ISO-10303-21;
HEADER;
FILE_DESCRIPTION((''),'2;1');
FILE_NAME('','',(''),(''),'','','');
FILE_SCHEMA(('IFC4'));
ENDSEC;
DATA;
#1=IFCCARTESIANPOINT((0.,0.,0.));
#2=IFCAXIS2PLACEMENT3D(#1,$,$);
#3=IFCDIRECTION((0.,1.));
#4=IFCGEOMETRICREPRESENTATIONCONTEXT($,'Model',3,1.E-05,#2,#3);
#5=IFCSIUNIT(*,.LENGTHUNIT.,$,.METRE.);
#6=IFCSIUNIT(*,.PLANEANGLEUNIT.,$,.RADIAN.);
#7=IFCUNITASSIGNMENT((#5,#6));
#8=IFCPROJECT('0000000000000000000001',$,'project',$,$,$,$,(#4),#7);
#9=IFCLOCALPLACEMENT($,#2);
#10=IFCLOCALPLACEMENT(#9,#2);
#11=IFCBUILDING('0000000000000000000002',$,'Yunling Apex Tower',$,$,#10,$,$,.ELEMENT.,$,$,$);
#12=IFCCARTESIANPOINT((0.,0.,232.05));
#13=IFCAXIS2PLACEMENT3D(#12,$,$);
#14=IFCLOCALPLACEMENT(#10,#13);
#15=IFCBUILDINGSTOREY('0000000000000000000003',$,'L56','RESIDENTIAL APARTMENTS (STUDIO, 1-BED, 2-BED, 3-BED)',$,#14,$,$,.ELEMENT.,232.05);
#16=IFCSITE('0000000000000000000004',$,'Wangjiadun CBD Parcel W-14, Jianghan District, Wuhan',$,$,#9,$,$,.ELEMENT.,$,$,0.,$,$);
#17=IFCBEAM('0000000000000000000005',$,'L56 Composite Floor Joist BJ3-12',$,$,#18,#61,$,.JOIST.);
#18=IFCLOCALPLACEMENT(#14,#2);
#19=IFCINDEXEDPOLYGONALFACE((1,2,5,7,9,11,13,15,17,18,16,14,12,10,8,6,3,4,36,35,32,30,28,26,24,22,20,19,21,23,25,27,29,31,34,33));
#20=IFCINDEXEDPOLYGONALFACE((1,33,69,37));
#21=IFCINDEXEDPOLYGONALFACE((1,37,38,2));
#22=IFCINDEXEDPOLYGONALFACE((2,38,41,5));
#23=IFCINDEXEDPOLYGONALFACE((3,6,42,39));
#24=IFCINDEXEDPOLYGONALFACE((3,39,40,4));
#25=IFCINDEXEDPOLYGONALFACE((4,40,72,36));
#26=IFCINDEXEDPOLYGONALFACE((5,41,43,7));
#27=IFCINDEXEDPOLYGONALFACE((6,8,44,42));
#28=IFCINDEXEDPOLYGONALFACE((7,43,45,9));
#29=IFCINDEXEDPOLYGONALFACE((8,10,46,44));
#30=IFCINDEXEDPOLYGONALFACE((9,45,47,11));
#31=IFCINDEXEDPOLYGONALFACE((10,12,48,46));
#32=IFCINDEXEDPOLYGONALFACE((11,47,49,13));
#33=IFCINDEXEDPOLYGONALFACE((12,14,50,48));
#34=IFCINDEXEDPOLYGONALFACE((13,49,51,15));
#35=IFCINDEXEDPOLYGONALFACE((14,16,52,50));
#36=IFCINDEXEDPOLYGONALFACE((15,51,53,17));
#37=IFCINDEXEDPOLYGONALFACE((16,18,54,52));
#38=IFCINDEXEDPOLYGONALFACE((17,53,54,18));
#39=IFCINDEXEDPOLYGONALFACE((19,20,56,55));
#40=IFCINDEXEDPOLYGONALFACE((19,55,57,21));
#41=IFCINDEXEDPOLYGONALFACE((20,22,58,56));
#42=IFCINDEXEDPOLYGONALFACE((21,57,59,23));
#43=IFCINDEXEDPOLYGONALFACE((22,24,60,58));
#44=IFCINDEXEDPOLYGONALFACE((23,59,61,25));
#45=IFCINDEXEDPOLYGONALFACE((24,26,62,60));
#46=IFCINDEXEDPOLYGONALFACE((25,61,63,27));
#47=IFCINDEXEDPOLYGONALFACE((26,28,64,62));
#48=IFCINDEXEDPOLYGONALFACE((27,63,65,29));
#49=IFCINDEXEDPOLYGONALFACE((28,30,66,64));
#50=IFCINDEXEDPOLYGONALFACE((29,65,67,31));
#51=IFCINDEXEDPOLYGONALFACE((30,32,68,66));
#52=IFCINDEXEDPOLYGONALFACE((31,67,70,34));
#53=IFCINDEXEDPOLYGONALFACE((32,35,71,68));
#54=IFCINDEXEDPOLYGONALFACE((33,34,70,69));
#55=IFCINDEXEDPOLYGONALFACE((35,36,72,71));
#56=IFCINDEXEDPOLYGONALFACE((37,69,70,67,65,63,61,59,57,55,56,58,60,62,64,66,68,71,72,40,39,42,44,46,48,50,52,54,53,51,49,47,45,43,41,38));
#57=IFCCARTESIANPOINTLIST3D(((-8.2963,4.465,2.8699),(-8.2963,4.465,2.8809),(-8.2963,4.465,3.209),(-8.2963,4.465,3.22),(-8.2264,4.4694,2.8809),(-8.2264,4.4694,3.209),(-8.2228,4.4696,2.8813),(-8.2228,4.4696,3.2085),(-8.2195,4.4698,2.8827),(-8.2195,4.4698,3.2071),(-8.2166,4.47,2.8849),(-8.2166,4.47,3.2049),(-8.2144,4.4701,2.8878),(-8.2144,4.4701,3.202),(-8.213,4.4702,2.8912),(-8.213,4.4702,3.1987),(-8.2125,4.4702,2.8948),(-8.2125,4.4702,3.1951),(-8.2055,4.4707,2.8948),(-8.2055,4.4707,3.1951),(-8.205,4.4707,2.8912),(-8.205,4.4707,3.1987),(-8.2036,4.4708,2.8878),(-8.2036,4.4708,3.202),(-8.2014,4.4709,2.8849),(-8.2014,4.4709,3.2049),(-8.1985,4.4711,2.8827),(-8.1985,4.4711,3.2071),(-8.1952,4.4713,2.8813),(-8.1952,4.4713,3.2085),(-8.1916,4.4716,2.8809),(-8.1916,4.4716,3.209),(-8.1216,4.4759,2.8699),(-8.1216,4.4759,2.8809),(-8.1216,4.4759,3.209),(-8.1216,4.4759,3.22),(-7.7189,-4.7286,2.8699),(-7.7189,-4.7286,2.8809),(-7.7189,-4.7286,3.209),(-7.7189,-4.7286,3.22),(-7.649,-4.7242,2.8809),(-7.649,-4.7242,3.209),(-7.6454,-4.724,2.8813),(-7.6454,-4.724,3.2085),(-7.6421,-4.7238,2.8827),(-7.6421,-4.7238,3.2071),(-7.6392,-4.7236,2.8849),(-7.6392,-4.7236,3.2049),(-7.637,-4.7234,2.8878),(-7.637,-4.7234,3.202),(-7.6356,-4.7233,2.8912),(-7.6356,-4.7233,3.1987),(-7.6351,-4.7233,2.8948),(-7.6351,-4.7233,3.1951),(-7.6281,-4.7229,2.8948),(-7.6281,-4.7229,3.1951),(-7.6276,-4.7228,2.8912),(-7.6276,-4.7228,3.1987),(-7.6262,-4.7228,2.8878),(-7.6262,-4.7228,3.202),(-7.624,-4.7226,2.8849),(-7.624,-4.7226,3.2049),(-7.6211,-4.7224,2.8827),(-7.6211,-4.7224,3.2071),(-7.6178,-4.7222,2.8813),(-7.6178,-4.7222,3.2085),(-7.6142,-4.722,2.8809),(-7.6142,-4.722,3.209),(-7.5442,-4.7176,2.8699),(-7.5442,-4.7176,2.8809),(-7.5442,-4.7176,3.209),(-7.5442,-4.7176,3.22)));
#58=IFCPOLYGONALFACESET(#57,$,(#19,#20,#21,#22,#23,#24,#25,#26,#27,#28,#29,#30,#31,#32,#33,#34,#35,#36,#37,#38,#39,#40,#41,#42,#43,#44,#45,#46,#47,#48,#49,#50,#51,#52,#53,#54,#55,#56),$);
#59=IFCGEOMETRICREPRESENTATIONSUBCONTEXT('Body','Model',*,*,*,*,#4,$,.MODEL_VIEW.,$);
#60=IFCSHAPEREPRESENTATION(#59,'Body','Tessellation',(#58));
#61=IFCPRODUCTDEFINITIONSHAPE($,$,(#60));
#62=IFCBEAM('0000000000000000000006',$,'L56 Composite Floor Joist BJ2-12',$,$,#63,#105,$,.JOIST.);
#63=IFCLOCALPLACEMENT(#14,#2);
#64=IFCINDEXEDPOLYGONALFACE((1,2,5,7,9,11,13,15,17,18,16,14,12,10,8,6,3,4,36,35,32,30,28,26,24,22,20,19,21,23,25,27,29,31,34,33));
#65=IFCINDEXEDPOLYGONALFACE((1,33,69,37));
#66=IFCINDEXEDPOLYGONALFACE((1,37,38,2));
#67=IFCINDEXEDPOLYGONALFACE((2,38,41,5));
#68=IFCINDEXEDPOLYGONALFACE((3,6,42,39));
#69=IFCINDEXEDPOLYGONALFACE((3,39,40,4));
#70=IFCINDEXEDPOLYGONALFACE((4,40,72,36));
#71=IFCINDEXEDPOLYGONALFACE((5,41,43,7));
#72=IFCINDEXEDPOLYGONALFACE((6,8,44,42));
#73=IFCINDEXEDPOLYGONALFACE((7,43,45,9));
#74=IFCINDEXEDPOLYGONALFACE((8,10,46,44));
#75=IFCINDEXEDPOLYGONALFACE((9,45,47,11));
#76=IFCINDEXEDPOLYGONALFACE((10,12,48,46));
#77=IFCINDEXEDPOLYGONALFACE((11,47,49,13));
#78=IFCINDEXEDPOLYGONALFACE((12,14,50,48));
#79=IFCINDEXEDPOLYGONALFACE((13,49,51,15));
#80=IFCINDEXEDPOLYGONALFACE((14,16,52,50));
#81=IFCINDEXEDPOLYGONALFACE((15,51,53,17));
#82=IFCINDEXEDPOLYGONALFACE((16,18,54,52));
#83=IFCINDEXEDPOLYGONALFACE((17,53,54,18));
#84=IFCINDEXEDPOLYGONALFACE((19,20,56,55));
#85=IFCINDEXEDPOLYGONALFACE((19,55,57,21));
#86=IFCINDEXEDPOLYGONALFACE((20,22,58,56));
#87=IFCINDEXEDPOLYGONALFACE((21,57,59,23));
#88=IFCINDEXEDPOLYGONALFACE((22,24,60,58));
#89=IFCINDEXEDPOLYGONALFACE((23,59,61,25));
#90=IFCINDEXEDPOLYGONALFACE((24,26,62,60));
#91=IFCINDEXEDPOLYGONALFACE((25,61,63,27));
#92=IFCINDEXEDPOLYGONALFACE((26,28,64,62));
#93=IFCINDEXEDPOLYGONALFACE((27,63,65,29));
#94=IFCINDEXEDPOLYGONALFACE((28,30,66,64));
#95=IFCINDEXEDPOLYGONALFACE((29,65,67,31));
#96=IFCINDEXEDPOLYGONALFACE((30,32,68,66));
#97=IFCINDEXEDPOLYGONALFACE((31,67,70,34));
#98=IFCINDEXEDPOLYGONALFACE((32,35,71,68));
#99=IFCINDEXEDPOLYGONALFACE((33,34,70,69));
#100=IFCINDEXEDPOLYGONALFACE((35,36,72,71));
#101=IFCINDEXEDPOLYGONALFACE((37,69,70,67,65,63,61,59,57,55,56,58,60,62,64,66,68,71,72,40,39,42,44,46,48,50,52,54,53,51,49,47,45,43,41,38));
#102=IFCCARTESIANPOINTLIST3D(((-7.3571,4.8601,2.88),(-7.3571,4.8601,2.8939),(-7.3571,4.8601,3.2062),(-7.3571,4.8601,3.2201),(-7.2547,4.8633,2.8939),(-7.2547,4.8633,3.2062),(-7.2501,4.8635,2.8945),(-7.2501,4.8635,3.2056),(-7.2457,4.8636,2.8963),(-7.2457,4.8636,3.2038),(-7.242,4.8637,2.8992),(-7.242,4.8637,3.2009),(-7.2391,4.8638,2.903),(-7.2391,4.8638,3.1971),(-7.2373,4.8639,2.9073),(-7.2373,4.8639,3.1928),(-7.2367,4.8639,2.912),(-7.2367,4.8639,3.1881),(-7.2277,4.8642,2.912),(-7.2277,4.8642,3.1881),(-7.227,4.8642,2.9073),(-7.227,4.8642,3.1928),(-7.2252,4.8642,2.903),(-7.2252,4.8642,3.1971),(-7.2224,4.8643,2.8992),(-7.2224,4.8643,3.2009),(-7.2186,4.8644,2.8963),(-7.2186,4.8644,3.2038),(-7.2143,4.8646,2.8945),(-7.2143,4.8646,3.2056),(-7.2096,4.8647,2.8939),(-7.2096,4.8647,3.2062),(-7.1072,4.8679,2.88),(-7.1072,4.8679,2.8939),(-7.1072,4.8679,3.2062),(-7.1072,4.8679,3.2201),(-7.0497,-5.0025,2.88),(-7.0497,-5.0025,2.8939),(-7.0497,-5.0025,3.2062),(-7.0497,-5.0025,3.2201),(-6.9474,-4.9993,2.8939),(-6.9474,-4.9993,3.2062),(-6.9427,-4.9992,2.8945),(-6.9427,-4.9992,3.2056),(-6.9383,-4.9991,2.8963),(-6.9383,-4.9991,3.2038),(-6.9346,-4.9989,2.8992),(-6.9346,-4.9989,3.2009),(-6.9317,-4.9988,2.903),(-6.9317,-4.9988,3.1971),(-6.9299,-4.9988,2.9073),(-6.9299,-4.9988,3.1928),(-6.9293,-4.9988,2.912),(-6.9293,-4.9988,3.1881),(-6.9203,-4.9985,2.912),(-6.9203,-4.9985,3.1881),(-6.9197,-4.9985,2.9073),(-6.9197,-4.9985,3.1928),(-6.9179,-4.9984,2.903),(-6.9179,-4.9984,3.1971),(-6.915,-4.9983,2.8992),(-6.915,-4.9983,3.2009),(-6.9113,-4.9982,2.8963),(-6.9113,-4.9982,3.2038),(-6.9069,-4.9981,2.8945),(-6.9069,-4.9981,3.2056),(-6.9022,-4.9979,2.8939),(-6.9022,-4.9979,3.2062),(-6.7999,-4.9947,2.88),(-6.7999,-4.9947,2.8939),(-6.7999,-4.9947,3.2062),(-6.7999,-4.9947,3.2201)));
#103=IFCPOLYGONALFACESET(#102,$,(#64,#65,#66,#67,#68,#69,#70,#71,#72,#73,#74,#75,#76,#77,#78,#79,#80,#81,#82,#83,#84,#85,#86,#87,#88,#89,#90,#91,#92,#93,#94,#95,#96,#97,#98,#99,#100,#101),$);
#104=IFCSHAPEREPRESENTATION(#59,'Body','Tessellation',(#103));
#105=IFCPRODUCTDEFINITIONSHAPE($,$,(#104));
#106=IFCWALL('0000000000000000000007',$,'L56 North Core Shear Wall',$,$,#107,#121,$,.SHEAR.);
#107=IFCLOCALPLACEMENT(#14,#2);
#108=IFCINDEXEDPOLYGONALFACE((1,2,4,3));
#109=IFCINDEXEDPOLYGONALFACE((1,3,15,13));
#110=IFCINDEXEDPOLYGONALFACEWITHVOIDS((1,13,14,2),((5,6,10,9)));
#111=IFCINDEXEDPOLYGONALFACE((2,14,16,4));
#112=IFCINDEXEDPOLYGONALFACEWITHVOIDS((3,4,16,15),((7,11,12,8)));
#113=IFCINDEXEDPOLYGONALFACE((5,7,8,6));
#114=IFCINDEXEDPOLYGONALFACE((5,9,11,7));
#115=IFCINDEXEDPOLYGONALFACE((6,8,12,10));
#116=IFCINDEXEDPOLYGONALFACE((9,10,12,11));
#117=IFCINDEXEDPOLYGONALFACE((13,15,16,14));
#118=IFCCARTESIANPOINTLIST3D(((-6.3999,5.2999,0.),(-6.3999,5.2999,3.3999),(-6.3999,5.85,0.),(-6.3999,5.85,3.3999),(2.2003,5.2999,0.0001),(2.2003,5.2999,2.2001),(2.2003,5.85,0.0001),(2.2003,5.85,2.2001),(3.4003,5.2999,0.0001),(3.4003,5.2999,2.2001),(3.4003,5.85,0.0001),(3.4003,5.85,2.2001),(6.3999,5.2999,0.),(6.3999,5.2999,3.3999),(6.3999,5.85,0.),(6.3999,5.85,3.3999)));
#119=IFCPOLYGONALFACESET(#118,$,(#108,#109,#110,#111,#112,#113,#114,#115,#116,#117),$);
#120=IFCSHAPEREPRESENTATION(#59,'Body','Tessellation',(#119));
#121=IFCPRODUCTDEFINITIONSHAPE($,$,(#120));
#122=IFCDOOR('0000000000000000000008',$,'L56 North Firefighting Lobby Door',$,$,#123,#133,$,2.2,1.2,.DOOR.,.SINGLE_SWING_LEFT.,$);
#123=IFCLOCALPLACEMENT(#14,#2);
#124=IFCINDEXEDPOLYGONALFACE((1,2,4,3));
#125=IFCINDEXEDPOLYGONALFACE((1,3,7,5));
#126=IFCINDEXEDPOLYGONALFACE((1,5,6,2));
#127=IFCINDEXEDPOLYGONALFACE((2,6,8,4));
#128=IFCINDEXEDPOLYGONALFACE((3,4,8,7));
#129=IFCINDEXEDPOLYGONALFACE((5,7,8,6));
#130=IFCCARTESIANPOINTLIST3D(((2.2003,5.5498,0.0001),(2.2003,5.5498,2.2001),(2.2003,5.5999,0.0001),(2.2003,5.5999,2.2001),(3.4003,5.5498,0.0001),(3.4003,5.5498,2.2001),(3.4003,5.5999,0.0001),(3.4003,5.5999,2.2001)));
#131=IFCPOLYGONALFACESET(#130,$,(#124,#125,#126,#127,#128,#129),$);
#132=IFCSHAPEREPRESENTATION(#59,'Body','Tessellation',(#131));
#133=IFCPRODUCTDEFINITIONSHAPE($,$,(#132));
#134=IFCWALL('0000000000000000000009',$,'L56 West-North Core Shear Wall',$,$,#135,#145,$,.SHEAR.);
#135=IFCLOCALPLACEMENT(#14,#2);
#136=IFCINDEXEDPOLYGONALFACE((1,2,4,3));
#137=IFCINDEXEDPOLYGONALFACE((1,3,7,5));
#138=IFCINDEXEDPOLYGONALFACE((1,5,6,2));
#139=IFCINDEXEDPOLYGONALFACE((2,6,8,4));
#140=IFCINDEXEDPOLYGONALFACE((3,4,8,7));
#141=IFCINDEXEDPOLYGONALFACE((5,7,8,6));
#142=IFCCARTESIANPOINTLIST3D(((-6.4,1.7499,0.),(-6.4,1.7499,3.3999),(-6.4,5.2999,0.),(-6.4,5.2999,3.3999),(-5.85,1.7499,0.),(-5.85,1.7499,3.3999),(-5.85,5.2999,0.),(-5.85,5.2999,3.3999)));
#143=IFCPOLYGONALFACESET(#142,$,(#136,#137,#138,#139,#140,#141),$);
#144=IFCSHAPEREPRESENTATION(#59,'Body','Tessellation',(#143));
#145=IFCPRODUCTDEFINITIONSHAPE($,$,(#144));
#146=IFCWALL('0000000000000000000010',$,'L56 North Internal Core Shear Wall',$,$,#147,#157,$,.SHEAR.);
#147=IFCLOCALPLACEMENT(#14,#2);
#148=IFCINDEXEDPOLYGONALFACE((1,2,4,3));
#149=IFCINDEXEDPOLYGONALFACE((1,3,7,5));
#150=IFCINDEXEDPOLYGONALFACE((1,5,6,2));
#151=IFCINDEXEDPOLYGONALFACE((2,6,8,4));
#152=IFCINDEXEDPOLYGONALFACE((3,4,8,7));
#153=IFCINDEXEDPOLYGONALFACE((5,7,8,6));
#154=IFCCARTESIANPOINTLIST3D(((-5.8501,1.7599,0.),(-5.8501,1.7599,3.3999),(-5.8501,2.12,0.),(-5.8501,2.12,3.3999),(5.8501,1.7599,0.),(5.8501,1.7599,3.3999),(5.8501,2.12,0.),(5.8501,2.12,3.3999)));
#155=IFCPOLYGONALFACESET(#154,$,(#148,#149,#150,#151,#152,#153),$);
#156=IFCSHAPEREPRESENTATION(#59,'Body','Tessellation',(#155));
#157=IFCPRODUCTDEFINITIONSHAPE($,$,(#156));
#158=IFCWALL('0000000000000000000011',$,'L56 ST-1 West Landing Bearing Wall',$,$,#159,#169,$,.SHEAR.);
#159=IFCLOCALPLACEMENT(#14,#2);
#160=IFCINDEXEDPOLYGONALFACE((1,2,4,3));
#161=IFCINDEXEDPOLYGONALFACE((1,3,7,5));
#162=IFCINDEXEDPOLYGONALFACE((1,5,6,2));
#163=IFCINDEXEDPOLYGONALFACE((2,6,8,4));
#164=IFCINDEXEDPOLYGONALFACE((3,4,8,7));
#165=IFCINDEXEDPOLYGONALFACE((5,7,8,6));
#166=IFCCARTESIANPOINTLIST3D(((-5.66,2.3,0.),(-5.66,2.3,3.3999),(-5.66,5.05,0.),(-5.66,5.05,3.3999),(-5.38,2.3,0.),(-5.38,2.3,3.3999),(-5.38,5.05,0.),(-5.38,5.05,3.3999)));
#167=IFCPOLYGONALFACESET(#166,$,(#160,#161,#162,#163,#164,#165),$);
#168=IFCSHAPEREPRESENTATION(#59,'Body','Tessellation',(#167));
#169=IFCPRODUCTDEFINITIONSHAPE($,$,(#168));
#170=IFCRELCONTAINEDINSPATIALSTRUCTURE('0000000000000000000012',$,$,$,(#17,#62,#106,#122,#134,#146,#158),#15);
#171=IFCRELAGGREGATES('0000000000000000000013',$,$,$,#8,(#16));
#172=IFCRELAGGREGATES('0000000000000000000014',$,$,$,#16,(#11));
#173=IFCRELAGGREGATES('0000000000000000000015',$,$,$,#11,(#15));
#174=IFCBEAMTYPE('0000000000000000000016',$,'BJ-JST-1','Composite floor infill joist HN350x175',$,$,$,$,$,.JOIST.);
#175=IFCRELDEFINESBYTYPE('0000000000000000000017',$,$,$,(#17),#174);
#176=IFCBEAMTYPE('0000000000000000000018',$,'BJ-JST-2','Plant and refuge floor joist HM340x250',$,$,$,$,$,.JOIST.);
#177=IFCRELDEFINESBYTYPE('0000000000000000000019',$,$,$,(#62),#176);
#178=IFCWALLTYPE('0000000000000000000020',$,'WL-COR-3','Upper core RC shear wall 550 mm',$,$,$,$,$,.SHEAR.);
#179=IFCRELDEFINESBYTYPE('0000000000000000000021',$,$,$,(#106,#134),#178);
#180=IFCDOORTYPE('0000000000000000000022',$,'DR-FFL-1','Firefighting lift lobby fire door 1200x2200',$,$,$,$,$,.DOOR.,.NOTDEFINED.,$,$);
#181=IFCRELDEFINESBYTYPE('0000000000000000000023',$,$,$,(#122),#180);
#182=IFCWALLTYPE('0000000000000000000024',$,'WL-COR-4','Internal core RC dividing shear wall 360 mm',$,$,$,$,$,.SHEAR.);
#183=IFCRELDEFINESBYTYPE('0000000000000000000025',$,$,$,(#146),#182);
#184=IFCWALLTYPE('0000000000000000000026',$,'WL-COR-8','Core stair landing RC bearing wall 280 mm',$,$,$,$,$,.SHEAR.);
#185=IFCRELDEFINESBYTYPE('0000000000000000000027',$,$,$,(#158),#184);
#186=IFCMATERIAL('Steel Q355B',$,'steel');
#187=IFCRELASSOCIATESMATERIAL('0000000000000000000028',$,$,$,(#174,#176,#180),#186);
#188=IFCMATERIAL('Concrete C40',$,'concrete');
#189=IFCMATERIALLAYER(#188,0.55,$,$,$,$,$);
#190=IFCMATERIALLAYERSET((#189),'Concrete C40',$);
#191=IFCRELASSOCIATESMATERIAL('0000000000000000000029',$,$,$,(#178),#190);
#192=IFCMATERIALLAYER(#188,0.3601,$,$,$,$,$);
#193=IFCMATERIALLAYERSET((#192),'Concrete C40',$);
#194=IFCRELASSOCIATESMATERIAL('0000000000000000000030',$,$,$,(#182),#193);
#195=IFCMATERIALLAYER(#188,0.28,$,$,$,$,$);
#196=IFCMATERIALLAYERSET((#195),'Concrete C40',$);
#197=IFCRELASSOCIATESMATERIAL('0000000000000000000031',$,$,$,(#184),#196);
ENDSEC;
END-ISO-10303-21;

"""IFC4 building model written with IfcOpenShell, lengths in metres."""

from ifc_helpers import new_model, si_unit, direction, frame, frame_2d, origin, origin_2d, place, context, subcontext, project, spatial, rectangle, i_section, extrude, source, transform, mapped, material, layer, layer_set, material_profile, profile_set, type_object, element, fill, save


model = new_model("IFC4")

# Units and contexts
model_context = context("Model", 3, precision=1e-05, world=origin(), true_north=direction((0.0, 1.0)))
body_context = subcontext(model_context, "Body", "Model", "MODEL_VIEW")
ifc_project = project(units=[si_unit("LENGTHUNIT", "METRE"), si_unit("PLANEANGLEUNIT", "RADIAN")], contexts=[model_context])

# Site, building, storey
site_placement = place(None, origin())
site = spatial("IfcSite", under=ifc_project, at=site_placement, Name="Wangjiadun CBD Parcel W-14, Jianghan District, Wuhan", CompositionType="ELEMENT", RefElevation=0.0)
building_placement = place(site_placement, origin())
building = spatial("IfcBuilding", under=site, at=building_placement, Name="Yunling Apex Tower", CompositionType="ELEMENT")
storey_placement = place(building_placement, frame((0.0, 0.0, 232.05)))
storey = spatial("IfcBuildingStorey", under=building, at=storey_placement, Name="L56", Description="RESIDENTIAL APARTMENTS (STUDIO, 1-BED, 2-BED, 3-BED)", CompositionType="ELEMENT", Elevation=232.05)

# Beams
ifc_material_1 = material(Name="Steel Q355B", Category="steel")
ifc_material_profile_1 = material_profile(ifc_material_1, i_section(OverallWidth=0.175, OverallDepth=0.3501, WebThickness=0.0071, FlangeThickness=0.011, FilletRadius=0.0139, at=origin_2d()))
ifc_profile_set_1 = profile_set([ifc_material_profile_1], Name="Steel Q355B")
beam_type_1 = type_object("IfcBeamType", Name="BJ-JST-1", Description="Composite floor infill joist HN350x175", PredefinedType="JOIST", material=ifc_profile_set_1)
shared_shape_1 = source(origin(), body_context, "Body", "SweptSolid", [
    extrude(i_section(OverallWidth=0.175, OverallDepth=0.3501, WebThickness=0.0071, FlangeThickness=0.011, FilletRadius=0.0139, at=origin_2d()), origin(), (0.0, 0.0, 1.0), 9.2117),
])
beam_1_placement = place(storey_placement, frame((-8.209, 4.4705, 3.0449), z_axis=(0.06268, -0.998034, 0.0), x_axis=(0.998034, 0.06268, 0.0)))
element("IfcBeam", 1, at=beam_1_placement, inside=storey, type_object=beam_type_1, Name="L56 Composite Floor Joist BJ3-12", PredefinedType="JOIST", context=body_context, shape_type="MappedRepresentation", body=[
    mapped(shared_shape_1, transform((0.0, 0.0, 0.0), scale=1.0)),
])
ifc_material_profile_2 = material_profile(ifc_material_1, i_section(OverallWidth=0.25, OverallDepth=0.3401, WebThickness=0.009, FlangeThickness=0.0139, FilletRadius=0.0181, at=origin_2d()))
ifc_profile_set_2 = profile_set([ifc_material_profile_2], Name="Steel Q355B")
beam_type_2 = type_object("IfcBeamType", Name="BJ-JST-2", Description="Plant and refuge floor joist HM340x250", PredefinedType="JOIST", material=ifc_profile_set_2)
shared_shape_2 = source(origin(), body_context, "Body", "SweptSolid", [
    extrude(i_section(OverallWidth=0.25, OverallDepth=0.3401, WebThickness=0.009, FlangeThickness=0.0139, FilletRadius=0.0181, at=origin_2d()), origin(), (0.0, 0.0, 1.0), 9.8674),
])
beam_2_placement = place(storey_placement, frame((-7.2322, 4.864, 3.05), z_axis=(0.031151, -0.999515, 0.0), x_axis=(0.999515, 0.031151, 0.0)))
element("IfcBeam", 2, at=beam_2_placement, inside=storey, type_object=beam_type_2, Name="L56 Composite Floor Joist BJ2-12", PredefinedType="JOIST", context=body_context, shape_type="MappedRepresentation", body=[
    mapped(shared_shape_2, transform((0.0, 0.0, 0.0), scale=1.0)),
])

# Wall, opening, door
ifc_material_2 = material(Name="Concrete C40", Category="concrete")
ifc_layer_1 = layer(ifc_material_2, 0.55)
ifc_layer_set_1 = layer_set([ifc_layer_1], Name="Concrete C40")
wall_type_1 = type_object("IfcWallType", Name="WL-COR-3", Description="Upper core RC shear wall 550 mm", PredefinedType="SHEAR", material=ifc_layer_set_1)
wall_1_placement = place(storey_placement, frame((-6.3999, 5.575, 0.0), z_axis=(0.0, 0.0, 1.0), x_axis=(1.0, 0.0, 0.0)))
wall_1 = element("IfcWall", 3, at=wall_1_placement, inside=storey, type_object=wall_type_1, Name="L56 North Core Shear Wall", PredefinedType="SHEAR", context=body_context, shape_type="SweptSolid", body=[
    extrude(rectangle(XDim=12.7998, YDim=0.55, at=frame_2d((6.3999, 0.0))), origin(), (0.0, 0.0, 1.0), 3.3999),
])
opening_1_placement = place(wall_1_placement, frame((8.6001, 0.0, 0.0)))
opening_1 = element("IfcOpeningElement", 4, at=opening_1_placement, cuts=wall_1, PredefinedType="OPENING", context=body_context, shape_type="SweptSolid", body=[
    extrude(rectangle(XDim=1.2, YDim=2.2, at=frame_2d((0.6001, 1.1001))), frame((0.0, 0.2852, 0.0), z_axis=(0.0, -1.0, 0.0), x_axis=(1.0, 0.0, 0.0)), (0.0, 0.0, 1.0), 0.5701),
])
door_type_1 = type_object("IfcDoorType", Name="DR-FFL-1", Description="Firefighting lift lobby fire door 1200x2200", OperationType="NOTDEFINED", PredefinedType="DOOR", material=ifc_material_1)
door_1_placement = place(opening_1_placement, origin())
door_1 = element("IfcDoor", 5, at=door_1_placement, inside=storey, type_object=door_type_1, Name="L56 North Firefighting Lobby Door", OperationType="SINGLE_SWING_LEFT", OverallHeight=2.2, OverallWidth=1.2, PredefinedType="DOOR", context=body_context, shape_type="SweptSolid", body=[
    extrude(rectangle(XDim=1.2, YDim=2.2, at=frame_2d((0.6001, 1.1001))), frame((0.0, 0.0249, 0.0), z_axis=(0.0, -1.0, 0.0), x_axis=(1.0, 0.0, 0.0)), (0.0, 0.0, 1.0), 0.05),
])
fill(opening_1, door_1)

# Walls
wall_2_placement = place(storey_placement, frame((-6.125, 1.75, 0.0), z_axis=(0.0, 0.0, 1.0), x_axis=(0.0, 1.0, 0.0)))
element("IfcWall", 6, at=wall_2_placement, inside=storey, type_object=wall_type_1, Name="L56 West-North Core Shear Wall", PredefinedType="SHEAR", context=body_context, shape_type="SweptSolid", body=[
    extrude(rectangle(XDim=3.55, YDim=0.55, at=frame_2d((1.7749, 0.0))), origin(), (0.0, 0.0, 1.0), 3.3999),
])
ifc_layer_2 = layer(ifc_material_2, 0.3601)
ifc_layer_set_2 = layer_set([ifc_layer_2], Name="Concrete C40")
wall_type_2 = type_object("IfcWallType", Name="WL-COR-4", Description="Internal core RC dividing shear wall 360 mm", PredefinedType="SHEAR", material=ifc_layer_set_2)
wall_3_placement = place(storey_placement, frame((-5.8501, 1.9399, 0.0), z_axis=(0.0, 0.0, 1.0), x_axis=(1.0, 0.0, 0.0)))
element("IfcWall", 7, at=wall_3_placement, inside=storey, type_object=wall_type_2, Name="L56 North Internal Core Shear Wall", PredefinedType="SHEAR", context=body_context, shape_type="SweptSolid", body=[
    extrude(rectangle(XDim=11.7002, YDim=0.3601, at=frame_2d((5.8501, 0.0))), origin(), (0.0, 0.0, 1.0), 3.3999),
])
ifc_layer_3 = layer(ifc_material_2, 0.28)
ifc_layer_set_3 = layer_set([ifc_layer_3], Name="Concrete C40")
wall_type_3 = type_object("IfcWallType", Name="WL-COR-8", Description="Core stair landing RC bearing wall 280 mm", PredefinedType="SHEAR", material=ifc_layer_set_3)
wall_4_placement = place(storey_placement, frame((-5.52, 2.3, 0.0), z_axis=(0.0, 0.0, 1.0), x_axis=(0.0, 1.0, 0.0)))
element("IfcWall", 8, at=wall_4_placement, inside=storey, type_object=wall_type_3, Name="L56 ST-1 West Landing Bearing Wall", PredefinedType="SHEAR", context=body_context, shape_type="SweptSolid", body=[
    extrude(rectangle(XDim=2.75, YDim=0.28, at=frame_2d((1.375, 0.0))), origin(), (0.0, 0.0, 1.0), 3.3999),
])

save(model, "model.ifc")
